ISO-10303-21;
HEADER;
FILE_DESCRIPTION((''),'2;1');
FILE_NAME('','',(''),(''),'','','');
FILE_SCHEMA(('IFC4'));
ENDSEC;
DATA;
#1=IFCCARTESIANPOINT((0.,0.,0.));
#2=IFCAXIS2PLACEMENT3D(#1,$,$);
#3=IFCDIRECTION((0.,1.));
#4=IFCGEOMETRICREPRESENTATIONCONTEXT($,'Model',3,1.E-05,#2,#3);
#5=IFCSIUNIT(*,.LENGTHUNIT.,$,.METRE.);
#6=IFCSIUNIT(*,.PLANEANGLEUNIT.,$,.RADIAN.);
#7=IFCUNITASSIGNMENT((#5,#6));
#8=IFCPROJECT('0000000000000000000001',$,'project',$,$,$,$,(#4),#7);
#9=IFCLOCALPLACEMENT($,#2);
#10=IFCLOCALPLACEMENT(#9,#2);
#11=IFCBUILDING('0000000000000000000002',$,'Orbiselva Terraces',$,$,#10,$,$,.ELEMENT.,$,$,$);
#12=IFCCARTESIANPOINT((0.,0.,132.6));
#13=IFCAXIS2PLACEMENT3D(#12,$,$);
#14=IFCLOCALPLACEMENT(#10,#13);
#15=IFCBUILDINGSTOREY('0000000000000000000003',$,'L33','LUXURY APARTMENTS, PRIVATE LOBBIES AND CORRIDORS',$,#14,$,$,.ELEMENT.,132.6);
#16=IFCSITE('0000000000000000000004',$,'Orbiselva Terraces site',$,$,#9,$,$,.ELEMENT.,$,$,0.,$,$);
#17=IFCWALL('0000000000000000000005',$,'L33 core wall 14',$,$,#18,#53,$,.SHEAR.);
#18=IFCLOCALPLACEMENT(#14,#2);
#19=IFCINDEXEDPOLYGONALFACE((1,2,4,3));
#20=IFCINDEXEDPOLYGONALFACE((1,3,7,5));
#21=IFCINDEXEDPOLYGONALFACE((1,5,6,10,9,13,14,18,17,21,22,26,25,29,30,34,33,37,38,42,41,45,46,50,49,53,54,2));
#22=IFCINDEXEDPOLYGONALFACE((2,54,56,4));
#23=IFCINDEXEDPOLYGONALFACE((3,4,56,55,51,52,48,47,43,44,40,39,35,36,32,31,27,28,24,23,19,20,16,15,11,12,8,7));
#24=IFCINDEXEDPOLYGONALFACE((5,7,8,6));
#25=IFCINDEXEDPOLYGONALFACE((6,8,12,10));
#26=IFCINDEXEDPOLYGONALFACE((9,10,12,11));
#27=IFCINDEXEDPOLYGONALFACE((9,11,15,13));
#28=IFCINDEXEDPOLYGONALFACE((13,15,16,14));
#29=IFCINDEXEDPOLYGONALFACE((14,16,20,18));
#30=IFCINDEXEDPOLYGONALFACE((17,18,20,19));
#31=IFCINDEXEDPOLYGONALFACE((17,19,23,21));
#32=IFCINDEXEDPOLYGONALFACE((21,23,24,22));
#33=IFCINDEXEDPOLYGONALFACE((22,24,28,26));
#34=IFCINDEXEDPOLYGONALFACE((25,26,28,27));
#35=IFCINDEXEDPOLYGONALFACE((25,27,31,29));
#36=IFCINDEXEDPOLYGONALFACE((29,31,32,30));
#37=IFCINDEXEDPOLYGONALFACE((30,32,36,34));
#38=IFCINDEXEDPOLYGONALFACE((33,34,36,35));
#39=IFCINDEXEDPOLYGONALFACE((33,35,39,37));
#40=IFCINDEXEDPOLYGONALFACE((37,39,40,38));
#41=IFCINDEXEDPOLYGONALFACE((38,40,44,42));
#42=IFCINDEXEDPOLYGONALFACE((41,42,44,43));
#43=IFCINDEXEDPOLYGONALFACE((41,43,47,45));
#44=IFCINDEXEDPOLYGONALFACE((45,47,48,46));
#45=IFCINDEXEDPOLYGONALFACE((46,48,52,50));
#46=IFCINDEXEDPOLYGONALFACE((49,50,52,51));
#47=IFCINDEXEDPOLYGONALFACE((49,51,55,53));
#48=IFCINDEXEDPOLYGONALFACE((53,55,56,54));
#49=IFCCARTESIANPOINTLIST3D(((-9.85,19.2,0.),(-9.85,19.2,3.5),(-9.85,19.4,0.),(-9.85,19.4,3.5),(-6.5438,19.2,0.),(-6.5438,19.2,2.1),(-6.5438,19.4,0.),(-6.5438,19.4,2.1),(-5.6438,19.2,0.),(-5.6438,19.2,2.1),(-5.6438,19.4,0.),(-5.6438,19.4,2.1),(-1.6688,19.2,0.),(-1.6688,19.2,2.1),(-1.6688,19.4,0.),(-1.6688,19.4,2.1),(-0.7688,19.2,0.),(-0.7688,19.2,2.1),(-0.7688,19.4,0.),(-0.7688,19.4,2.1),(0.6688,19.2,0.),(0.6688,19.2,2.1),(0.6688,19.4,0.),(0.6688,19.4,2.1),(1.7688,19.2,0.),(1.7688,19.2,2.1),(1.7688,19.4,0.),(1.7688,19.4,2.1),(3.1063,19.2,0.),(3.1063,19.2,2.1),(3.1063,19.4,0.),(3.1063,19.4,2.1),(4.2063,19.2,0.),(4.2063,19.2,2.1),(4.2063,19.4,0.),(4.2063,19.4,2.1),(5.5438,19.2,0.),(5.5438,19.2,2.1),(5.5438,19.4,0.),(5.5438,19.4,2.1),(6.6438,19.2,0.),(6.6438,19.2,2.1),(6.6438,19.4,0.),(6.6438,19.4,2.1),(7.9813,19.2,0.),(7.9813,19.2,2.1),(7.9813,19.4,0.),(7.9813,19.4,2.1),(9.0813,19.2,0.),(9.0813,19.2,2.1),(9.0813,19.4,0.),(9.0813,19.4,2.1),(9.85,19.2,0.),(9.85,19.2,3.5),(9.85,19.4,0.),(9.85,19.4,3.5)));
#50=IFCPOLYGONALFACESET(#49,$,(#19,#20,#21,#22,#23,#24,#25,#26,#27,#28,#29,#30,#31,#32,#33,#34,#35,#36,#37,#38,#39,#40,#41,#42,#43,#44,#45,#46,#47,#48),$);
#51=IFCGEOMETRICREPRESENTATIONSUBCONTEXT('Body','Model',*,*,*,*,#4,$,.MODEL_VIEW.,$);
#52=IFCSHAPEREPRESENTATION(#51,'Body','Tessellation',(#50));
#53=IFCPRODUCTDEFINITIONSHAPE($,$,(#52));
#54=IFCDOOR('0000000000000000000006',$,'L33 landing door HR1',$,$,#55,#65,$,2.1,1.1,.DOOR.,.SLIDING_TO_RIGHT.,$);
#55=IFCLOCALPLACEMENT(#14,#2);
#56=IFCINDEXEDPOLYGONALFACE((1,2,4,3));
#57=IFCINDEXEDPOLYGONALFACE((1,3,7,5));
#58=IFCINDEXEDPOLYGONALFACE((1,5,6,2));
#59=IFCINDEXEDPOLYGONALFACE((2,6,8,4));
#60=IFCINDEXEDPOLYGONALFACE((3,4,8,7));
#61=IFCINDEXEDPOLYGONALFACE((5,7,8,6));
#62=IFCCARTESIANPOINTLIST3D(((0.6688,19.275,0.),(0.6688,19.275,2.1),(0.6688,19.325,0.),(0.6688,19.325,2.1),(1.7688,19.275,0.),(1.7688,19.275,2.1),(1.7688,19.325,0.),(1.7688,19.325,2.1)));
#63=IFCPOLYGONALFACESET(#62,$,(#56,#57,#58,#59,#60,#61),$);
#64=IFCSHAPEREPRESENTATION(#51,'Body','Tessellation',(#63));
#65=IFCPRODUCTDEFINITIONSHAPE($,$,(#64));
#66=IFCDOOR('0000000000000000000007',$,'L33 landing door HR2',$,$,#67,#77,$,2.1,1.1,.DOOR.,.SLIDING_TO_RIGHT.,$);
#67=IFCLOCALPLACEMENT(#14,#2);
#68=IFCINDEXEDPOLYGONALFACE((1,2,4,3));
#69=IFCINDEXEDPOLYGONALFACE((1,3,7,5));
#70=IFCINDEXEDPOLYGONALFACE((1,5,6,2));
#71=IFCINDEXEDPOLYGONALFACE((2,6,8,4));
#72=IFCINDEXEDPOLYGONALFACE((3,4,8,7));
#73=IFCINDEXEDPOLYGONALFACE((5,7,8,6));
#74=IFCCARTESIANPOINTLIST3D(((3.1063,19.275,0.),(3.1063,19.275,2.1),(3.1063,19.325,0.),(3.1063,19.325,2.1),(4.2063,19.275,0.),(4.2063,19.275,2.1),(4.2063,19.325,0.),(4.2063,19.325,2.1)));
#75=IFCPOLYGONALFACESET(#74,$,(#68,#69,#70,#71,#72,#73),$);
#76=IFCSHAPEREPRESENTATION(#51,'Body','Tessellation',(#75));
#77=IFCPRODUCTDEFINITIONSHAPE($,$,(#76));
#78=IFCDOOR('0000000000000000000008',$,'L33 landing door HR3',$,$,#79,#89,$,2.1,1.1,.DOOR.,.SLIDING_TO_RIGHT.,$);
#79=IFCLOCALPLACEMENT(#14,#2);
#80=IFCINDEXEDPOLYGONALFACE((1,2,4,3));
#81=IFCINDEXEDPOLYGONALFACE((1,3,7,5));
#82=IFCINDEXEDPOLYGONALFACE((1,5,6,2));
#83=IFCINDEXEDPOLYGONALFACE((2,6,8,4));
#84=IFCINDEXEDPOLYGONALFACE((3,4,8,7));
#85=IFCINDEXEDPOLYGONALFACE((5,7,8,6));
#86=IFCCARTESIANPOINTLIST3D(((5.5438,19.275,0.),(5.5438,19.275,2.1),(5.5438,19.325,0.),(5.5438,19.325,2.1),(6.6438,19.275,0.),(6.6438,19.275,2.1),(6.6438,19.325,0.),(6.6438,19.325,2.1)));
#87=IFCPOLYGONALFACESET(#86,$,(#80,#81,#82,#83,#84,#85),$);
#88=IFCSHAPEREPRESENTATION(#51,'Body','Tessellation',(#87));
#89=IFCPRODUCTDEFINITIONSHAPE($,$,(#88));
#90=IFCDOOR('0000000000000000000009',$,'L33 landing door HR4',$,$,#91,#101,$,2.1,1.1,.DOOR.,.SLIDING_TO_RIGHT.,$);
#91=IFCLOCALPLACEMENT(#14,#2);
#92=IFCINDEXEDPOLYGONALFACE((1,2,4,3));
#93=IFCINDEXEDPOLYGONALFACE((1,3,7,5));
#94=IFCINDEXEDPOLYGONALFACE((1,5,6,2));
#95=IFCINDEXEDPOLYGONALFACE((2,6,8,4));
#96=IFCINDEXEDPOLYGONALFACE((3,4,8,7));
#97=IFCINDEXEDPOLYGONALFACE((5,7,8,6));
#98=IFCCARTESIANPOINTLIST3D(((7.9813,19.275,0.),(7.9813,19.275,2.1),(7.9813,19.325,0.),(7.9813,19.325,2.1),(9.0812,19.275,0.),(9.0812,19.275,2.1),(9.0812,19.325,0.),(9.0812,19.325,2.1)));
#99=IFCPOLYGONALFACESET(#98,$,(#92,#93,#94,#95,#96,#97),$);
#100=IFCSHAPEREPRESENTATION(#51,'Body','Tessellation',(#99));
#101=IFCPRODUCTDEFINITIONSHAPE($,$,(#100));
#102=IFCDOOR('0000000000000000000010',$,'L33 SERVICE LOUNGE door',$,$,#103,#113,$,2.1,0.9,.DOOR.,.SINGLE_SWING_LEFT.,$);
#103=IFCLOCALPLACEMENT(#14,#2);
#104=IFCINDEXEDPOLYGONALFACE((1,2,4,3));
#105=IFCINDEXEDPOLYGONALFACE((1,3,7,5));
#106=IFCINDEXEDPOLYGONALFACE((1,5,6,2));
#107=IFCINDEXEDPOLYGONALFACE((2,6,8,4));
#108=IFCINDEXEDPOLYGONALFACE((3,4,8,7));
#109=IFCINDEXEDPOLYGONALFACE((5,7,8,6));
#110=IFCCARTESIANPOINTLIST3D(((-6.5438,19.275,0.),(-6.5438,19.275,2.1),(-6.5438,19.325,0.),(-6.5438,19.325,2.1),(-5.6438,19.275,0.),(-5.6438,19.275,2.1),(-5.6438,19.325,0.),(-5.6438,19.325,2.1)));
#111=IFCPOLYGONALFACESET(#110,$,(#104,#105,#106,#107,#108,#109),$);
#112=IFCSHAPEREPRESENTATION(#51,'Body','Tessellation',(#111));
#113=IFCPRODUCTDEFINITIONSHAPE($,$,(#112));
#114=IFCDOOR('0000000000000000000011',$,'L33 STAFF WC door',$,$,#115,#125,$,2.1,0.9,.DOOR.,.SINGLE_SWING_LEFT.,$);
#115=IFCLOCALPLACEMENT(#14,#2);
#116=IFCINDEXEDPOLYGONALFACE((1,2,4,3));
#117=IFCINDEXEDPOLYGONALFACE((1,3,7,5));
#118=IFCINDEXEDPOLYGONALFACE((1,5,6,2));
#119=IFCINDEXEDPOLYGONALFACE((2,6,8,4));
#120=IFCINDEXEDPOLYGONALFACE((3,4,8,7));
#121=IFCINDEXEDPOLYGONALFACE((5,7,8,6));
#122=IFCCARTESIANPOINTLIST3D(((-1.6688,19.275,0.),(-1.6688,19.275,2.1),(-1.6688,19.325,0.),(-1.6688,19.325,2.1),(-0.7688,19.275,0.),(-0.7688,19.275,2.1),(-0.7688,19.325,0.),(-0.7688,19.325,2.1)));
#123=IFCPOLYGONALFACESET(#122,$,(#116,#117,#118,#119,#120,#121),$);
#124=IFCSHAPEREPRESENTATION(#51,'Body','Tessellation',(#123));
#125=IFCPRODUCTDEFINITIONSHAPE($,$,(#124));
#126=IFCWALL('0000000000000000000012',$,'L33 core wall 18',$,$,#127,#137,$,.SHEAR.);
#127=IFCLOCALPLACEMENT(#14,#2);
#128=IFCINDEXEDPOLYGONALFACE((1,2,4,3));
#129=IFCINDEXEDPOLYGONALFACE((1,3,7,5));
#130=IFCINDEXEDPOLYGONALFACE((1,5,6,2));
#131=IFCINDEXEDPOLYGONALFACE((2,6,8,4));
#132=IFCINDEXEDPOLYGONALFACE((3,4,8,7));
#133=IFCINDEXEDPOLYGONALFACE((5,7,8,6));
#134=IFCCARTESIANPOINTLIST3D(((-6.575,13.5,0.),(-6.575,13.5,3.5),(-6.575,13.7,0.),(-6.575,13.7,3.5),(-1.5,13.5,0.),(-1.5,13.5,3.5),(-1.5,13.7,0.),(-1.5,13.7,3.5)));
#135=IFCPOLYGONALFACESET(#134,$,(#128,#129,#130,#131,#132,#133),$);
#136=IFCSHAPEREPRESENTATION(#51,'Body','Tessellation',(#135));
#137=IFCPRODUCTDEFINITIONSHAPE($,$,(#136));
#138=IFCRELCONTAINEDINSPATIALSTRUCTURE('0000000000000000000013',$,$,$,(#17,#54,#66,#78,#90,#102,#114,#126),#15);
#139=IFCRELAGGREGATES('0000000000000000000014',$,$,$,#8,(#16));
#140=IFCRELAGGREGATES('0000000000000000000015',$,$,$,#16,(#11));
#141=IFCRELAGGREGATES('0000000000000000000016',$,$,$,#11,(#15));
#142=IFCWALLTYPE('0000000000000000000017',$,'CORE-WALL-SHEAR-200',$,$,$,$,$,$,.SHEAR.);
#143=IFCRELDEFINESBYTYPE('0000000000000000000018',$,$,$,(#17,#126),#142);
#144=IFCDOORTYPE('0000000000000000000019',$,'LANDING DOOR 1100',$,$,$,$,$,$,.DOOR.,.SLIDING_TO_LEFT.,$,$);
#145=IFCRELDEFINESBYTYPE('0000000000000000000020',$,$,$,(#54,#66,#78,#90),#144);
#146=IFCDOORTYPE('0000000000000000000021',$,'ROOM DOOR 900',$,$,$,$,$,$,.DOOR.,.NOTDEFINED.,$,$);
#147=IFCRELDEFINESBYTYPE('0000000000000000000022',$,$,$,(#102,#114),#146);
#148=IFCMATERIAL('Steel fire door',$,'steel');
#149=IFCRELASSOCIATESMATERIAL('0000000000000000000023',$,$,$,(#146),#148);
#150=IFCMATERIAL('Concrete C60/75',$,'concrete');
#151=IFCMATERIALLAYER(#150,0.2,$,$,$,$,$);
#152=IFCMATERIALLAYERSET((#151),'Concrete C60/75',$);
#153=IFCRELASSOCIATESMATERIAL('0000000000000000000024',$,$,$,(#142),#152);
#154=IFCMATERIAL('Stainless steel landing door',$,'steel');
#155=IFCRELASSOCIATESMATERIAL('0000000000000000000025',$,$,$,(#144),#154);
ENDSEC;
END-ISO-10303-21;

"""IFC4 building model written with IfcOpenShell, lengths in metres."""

from ifc_helpers import new_model, si_unit, direction, frame, frame_2d, origin, place, context, subcontext, project, spatial, rectangle, extrude, material, layer, layer_set, type_object, element, fill, save


model = new_model("IFC4")

# Units and contexts
model_context = context("Model", 3, precision=1e-05, world=origin(), true_north=direction((0.0, 1.0)))
body_context = subcontext(model_context, "Body", "Model", "MODEL_VIEW")
ifc_project = project(units=[si_unit("LENGTHUNIT", "METRE"), si_unit("PLANEANGLEUNIT", "RADIAN")], contexts=[model_context])

# Site, building, storey
site_placement = place(None, origin())
site = spatial("IfcSite", under=ifc_project, at=site_placement, Name="Orbiselva Terraces site", CompositionType="ELEMENT", RefElevation=0.0)
building_placement = place(site_placement, origin())
building = spatial("IfcBuilding", under=site, at=building_placement, Name="Orbiselva Terraces", CompositionType="ELEMENT")
storey_placement = place(building_placement, frame((0.0, 0.0, 132.6)))
storey = spatial("IfcBuildingStorey", under=building, at=storey_placement, Name="L33", Description="LUXURY APARTMENTS, PRIVATE LOBBIES AND CORRIDORS", CompositionType="ELEMENT", Elevation=132.6)

# Shared definitions
ifc_material_1 = material(Name="Steel fire door", Category="steel")
door_type_1 = type_object("IfcDoorType", Name="ROOM DOOR 900", OperationType="NOTDEFINED", PredefinedType="DOOR", material=ifc_material_1)

# Shared definitions
ifc_material_2 = material(Name="Concrete C60/75", Category="concrete")
ifc_layer_1 = layer(ifc_material_2, 0.2)
ifc_layer_set_1 = layer_set([ifc_layer_1], Name="Concrete C60/75")
wall_type_1 = type_object("IfcWallType", Name="CORE-WALL-SHEAR-200", PredefinedType="SHEAR", material=ifc_layer_set_1)

# Wall, openings, doors
wall_1_placement = place(storey_placement, frame((-9.85, 19.3, 0.0), z_axis=(0.0, 0.0, 1.0), x_axis=(1.0, 0.0, 0.0)))
wall_1 = element("IfcWall", 1, at=wall_1_placement, inside=storey, type_object=wall_type_1, Name="L33 core wall 14", PredefinedType="SHEAR", context=body_context, shape_type="SweptSolid", body=[
    extrude(rectangle(XDim=19.7, YDim=0.2, at=frame_2d((9.85, 0.0))), origin(), (0.0, 0.0, 1.0), 3.5),
])
opening_1_placement = place(wall_1_placement, frame((10.5188, 0.0, 0.0)))
opening_1 = element("IfcOpeningElement", 2, at=opening_1_placement, cuts=wall_1, PredefinedType="OPENING", context=body_context, shape_type="SweptSolid", body=[
    extrude(rectangle(XDim=1.1, YDim=2.1, at=frame_2d((0.55, 1.05))), frame((0.0, 0.11, 0.0), z_axis=(0.0, -1.0, 0.0), x_axis=(1.0, 0.0, 0.0)), (0.0, 0.0, 1.0), 0.22),
])
opening_2_placement = place(wall_1_placement, frame((12.9563, 0.0, 0.0)))
opening_2 = element("IfcOpeningElement", 3, at=opening_2_placement, cuts=wall_1, PredefinedType="OPENING", context=body_context, shape_type="SweptSolid", body=[
    extrude(rectangle(XDim=1.1, YDim=2.1, at=frame_2d((0.55, 1.05))), frame((0.0, 0.11, 0.0), z_axis=(0.0, -1.0, 0.0), x_axis=(1.0, 0.0, 0.0)), (0.0, 0.0, 1.0), 0.22),
])
opening_3_placement = place(wall_1_placement, frame((15.3938, 0.0, 0.0)))
opening_3 = element("IfcOpeningElement", 4, at=opening_3_placement, cuts=wall_1, PredefinedType="OPENING", context=body_context, shape_type="SweptSolid", body=[
    extrude(rectangle(XDim=1.1, YDim=2.1, at=frame_2d((0.55, 1.05))), frame((0.0, 0.11, 0.0), z_axis=(0.0, -1.0, 0.0), x_axis=(1.0, 0.0, 0.0)), (0.0, 0.0, 1.0), 0.22),
])
opening_4_placement = place(wall_1_placement, frame((17.8313, 0.0, 0.0)))
opening_4 = element("IfcOpeningElement", 5, at=opening_4_placement, cuts=wall_1, PredefinedType="OPENING", context=body_context, shape_type="SweptSolid", body=[
    extrude(rectangle(XDim=1.1, YDim=2.1, at=frame_2d((0.55, 1.05))), frame((0.0, 0.11, 0.0), z_axis=(0.0, -1.0, 0.0), x_axis=(1.0, 0.0, 0.0)), (0.0, 0.0, 1.0), 0.22),
])
opening_5_placement = place(wall_1_placement, frame((3.3062, 0.0, 0.0)))
opening_5 = element("IfcOpeningElement", 6, at=opening_5_placement, cuts=wall_1, PredefinedType="OPENING", context=body_context, shape_type="SweptSolid", body=[
    extrude(rectangle(XDim=0.9, YDim=2.1, at=frame_2d((0.45, 1.05))), frame((0.0, 0.11, 0.0), z_axis=(0.0, -1.0, 0.0), x_axis=(1.0, 0.0, 0.0)), (0.0, 0.0, 1.0), 0.22),
])
opening_6_placement = place(wall_1_placement, frame((8.1812, 0.0, 0.0)))
opening_6 = element("IfcOpeningElement", 7, at=opening_6_placement, cuts=wall_1, PredefinedType="OPENING", context=body_context, shape_type="SweptSolid", body=[
    extrude(rectangle(XDim=0.9, YDim=2.1, at=frame_2d((0.45, 1.05))), frame((0.0, 0.11, 0.0), z_axis=(0.0, -1.0, 0.0), x_axis=(1.0, 0.0, 0.0)), (0.0, 0.0, 1.0), 0.22),
])
ifc_material_3 = material(Name="Stainless steel landing door", Category="steel")
door_type_2 = type_object("IfcDoorType", Name="LANDING DOOR 1100", OperationType="SLIDING_TO_LEFT", PredefinedType="DOOR", material=ifc_material_3)
door_1_placement = place(opening_1_placement, origin())
door_1 = element("IfcDoor", 8, at=door_1_placement, inside=storey, type_object=door_type_2, Name="L33 landing door HR1", OperationType="SLIDING_TO_RIGHT", OverallHeight=2.1, OverallWidth=1.1, PredefinedType="DOOR", context=body_context, shape_type="SweptSolid", body=[
    extrude(rectangle(XDim=1.1, YDim=2.1, at=frame_2d((0.55, 1.05))), frame((0.0, 0.025, 0.0), z_axis=(0.0, -1.0, 0.0), x_axis=(1.0, 0.0, 0.0)), (0.0, 0.0, 1.0), 0.05),
])
fill(opening_1, door_1)
door_2_placement = place(opening_2_placement, origin())
door_2 = element("IfcDoor", 9, at=door_2_placement, inside=storey, type_object=door_type_2, Name="L33 landing door HR2", OperationType="SLIDING_TO_RIGHT", OverallHeight=2.1, OverallWidth=1.1, PredefinedType="DOOR", context=body_context, shape_type="SweptSolid", body=[
    extrude(rectangle(XDim=1.1, YDim=2.1, at=frame_2d((0.55, 1.05))), frame((0.0, 0.025, 0.0), z_axis=(0.0, -1.0, 0.0), x_axis=(1.0, 0.0, 0.0)), (0.0, 0.0, 1.0), 0.05),
])
fill(opening_2, door_2)
door_3_placement = place(opening_3_placement, origin())
door_3 = element("IfcDoor", 10, at=door_3_placement, inside=storey, type_object=door_type_2, Name="L33 landing door HR3", OperationType="SLIDING_TO_RIGHT", OverallHeight=2.1, OverallWidth=1.1, PredefinedType="DOOR", context=body_context, shape_type="SweptSolid", body=[
    extrude(rectangle(XDim=1.1, YDim=2.1, at=frame_2d((0.55, 1.05))), frame((0.0, 0.025, 0.0), z_axis=(0.0, -1.0, 0.0), x_axis=(1.0, 0.0, 0.0)), (0.0, 0.0, 1.0), 0.05),
])
fill(opening_3, door_3)
door_4_placement = place(opening_4_placement, origin())
door_4 = element("IfcDoor", 11, at=door_4_placement, inside=storey, type_object=door_type_2, Name="L33 landing door HR4", OperationType="SLIDING_TO_RIGHT", OverallHeight=2.1, OverallWidth=1.1, PredefinedType="DOOR", context=body_context, shape_type="SweptSolid", body=[
    extrude(rectangle(XDim=1.1, YDim=2.1, at=frame_2d((0.55, 1.05))), frame((0.0, 0.025, 0.0), z_axis=(0.0, -1.0, 0.0), x_axis=(1.0, 0.0, 0.0)), (0.0, 0.0, 1.0), 0.05),
])
fill(opening_4, door_4)
door_5_placement = place(opening_5_placement, origin())
door_5 = element("IfcDoor", 12, at=door_5_placement, inside=storey, type_object=door_type_1, Name="L33 SERVICE LOUNGE door", OperationType="SINGLE_SWING_LEFT", OverallHeight=2.1, OverallWidth=0.9, PredefinedType="DOOR", context=body_context, shape_type="SweptSolid", body=[
    extrude(rectangle(XDim=0.9, YDim=2.1, at=frame_2d((0.45, 1.05))), frame((0.0, 0.025, 0.0), z_axis=(0.0, -1.0, 0.0), x_axis=(1.0, 0.0, 0.0)), (0.0, 0.0, 1.0), 0.05),
])
fill(opening_5, door_5)
door_6_placement = place(opening_6_placement, origin())
door_6 = element("IfcDoor", 13, at=door_6_placement, inside=storey, type_object=door_type_1, Name="L33 STAFF WC door", OperationType="SINGLE_SWING_LEFT", OverallHeight=2.1, OverallWidth=0.9, PredefinedType="DOOR", context=body_context, shape_type="SweptSolid", body=[
    extrude(rectangle(XDim=0.9, YDim=2.1, at=frame_2d((0.45, 1.05))), frame((0.0, 0.025, 0.0), z_axis=(0.0, -1.0, 0.0), x_axis=(1.0, 0.0, 0.0)), (0.0, 0.0, 1.0), 0.05),
])
fill(opening_6, door_6)

# Wall
wall_2_placement = place(storey_placement, frame((-6.575, 13.6, 0.0), z_axis=(0.0, 0.0, 1.0), x_axis=(1.0, 0.0, 0.0)))
element("IfcWall", 14, at=wall_2_placement, inside=storey, type_object=wall_type_1, Name="L33 core wall 18", PredefinedType="SHEAR", context=body_context, shape_type="SweptSolid", body=[
    extrude(rectangle(XDim=5.075, YDim=0.2, at=frame_2d((2.5375, 0.0))), origin(), (0.0, 0.0, 1.0), 3.5),
])

save(model, "model.ifc")
